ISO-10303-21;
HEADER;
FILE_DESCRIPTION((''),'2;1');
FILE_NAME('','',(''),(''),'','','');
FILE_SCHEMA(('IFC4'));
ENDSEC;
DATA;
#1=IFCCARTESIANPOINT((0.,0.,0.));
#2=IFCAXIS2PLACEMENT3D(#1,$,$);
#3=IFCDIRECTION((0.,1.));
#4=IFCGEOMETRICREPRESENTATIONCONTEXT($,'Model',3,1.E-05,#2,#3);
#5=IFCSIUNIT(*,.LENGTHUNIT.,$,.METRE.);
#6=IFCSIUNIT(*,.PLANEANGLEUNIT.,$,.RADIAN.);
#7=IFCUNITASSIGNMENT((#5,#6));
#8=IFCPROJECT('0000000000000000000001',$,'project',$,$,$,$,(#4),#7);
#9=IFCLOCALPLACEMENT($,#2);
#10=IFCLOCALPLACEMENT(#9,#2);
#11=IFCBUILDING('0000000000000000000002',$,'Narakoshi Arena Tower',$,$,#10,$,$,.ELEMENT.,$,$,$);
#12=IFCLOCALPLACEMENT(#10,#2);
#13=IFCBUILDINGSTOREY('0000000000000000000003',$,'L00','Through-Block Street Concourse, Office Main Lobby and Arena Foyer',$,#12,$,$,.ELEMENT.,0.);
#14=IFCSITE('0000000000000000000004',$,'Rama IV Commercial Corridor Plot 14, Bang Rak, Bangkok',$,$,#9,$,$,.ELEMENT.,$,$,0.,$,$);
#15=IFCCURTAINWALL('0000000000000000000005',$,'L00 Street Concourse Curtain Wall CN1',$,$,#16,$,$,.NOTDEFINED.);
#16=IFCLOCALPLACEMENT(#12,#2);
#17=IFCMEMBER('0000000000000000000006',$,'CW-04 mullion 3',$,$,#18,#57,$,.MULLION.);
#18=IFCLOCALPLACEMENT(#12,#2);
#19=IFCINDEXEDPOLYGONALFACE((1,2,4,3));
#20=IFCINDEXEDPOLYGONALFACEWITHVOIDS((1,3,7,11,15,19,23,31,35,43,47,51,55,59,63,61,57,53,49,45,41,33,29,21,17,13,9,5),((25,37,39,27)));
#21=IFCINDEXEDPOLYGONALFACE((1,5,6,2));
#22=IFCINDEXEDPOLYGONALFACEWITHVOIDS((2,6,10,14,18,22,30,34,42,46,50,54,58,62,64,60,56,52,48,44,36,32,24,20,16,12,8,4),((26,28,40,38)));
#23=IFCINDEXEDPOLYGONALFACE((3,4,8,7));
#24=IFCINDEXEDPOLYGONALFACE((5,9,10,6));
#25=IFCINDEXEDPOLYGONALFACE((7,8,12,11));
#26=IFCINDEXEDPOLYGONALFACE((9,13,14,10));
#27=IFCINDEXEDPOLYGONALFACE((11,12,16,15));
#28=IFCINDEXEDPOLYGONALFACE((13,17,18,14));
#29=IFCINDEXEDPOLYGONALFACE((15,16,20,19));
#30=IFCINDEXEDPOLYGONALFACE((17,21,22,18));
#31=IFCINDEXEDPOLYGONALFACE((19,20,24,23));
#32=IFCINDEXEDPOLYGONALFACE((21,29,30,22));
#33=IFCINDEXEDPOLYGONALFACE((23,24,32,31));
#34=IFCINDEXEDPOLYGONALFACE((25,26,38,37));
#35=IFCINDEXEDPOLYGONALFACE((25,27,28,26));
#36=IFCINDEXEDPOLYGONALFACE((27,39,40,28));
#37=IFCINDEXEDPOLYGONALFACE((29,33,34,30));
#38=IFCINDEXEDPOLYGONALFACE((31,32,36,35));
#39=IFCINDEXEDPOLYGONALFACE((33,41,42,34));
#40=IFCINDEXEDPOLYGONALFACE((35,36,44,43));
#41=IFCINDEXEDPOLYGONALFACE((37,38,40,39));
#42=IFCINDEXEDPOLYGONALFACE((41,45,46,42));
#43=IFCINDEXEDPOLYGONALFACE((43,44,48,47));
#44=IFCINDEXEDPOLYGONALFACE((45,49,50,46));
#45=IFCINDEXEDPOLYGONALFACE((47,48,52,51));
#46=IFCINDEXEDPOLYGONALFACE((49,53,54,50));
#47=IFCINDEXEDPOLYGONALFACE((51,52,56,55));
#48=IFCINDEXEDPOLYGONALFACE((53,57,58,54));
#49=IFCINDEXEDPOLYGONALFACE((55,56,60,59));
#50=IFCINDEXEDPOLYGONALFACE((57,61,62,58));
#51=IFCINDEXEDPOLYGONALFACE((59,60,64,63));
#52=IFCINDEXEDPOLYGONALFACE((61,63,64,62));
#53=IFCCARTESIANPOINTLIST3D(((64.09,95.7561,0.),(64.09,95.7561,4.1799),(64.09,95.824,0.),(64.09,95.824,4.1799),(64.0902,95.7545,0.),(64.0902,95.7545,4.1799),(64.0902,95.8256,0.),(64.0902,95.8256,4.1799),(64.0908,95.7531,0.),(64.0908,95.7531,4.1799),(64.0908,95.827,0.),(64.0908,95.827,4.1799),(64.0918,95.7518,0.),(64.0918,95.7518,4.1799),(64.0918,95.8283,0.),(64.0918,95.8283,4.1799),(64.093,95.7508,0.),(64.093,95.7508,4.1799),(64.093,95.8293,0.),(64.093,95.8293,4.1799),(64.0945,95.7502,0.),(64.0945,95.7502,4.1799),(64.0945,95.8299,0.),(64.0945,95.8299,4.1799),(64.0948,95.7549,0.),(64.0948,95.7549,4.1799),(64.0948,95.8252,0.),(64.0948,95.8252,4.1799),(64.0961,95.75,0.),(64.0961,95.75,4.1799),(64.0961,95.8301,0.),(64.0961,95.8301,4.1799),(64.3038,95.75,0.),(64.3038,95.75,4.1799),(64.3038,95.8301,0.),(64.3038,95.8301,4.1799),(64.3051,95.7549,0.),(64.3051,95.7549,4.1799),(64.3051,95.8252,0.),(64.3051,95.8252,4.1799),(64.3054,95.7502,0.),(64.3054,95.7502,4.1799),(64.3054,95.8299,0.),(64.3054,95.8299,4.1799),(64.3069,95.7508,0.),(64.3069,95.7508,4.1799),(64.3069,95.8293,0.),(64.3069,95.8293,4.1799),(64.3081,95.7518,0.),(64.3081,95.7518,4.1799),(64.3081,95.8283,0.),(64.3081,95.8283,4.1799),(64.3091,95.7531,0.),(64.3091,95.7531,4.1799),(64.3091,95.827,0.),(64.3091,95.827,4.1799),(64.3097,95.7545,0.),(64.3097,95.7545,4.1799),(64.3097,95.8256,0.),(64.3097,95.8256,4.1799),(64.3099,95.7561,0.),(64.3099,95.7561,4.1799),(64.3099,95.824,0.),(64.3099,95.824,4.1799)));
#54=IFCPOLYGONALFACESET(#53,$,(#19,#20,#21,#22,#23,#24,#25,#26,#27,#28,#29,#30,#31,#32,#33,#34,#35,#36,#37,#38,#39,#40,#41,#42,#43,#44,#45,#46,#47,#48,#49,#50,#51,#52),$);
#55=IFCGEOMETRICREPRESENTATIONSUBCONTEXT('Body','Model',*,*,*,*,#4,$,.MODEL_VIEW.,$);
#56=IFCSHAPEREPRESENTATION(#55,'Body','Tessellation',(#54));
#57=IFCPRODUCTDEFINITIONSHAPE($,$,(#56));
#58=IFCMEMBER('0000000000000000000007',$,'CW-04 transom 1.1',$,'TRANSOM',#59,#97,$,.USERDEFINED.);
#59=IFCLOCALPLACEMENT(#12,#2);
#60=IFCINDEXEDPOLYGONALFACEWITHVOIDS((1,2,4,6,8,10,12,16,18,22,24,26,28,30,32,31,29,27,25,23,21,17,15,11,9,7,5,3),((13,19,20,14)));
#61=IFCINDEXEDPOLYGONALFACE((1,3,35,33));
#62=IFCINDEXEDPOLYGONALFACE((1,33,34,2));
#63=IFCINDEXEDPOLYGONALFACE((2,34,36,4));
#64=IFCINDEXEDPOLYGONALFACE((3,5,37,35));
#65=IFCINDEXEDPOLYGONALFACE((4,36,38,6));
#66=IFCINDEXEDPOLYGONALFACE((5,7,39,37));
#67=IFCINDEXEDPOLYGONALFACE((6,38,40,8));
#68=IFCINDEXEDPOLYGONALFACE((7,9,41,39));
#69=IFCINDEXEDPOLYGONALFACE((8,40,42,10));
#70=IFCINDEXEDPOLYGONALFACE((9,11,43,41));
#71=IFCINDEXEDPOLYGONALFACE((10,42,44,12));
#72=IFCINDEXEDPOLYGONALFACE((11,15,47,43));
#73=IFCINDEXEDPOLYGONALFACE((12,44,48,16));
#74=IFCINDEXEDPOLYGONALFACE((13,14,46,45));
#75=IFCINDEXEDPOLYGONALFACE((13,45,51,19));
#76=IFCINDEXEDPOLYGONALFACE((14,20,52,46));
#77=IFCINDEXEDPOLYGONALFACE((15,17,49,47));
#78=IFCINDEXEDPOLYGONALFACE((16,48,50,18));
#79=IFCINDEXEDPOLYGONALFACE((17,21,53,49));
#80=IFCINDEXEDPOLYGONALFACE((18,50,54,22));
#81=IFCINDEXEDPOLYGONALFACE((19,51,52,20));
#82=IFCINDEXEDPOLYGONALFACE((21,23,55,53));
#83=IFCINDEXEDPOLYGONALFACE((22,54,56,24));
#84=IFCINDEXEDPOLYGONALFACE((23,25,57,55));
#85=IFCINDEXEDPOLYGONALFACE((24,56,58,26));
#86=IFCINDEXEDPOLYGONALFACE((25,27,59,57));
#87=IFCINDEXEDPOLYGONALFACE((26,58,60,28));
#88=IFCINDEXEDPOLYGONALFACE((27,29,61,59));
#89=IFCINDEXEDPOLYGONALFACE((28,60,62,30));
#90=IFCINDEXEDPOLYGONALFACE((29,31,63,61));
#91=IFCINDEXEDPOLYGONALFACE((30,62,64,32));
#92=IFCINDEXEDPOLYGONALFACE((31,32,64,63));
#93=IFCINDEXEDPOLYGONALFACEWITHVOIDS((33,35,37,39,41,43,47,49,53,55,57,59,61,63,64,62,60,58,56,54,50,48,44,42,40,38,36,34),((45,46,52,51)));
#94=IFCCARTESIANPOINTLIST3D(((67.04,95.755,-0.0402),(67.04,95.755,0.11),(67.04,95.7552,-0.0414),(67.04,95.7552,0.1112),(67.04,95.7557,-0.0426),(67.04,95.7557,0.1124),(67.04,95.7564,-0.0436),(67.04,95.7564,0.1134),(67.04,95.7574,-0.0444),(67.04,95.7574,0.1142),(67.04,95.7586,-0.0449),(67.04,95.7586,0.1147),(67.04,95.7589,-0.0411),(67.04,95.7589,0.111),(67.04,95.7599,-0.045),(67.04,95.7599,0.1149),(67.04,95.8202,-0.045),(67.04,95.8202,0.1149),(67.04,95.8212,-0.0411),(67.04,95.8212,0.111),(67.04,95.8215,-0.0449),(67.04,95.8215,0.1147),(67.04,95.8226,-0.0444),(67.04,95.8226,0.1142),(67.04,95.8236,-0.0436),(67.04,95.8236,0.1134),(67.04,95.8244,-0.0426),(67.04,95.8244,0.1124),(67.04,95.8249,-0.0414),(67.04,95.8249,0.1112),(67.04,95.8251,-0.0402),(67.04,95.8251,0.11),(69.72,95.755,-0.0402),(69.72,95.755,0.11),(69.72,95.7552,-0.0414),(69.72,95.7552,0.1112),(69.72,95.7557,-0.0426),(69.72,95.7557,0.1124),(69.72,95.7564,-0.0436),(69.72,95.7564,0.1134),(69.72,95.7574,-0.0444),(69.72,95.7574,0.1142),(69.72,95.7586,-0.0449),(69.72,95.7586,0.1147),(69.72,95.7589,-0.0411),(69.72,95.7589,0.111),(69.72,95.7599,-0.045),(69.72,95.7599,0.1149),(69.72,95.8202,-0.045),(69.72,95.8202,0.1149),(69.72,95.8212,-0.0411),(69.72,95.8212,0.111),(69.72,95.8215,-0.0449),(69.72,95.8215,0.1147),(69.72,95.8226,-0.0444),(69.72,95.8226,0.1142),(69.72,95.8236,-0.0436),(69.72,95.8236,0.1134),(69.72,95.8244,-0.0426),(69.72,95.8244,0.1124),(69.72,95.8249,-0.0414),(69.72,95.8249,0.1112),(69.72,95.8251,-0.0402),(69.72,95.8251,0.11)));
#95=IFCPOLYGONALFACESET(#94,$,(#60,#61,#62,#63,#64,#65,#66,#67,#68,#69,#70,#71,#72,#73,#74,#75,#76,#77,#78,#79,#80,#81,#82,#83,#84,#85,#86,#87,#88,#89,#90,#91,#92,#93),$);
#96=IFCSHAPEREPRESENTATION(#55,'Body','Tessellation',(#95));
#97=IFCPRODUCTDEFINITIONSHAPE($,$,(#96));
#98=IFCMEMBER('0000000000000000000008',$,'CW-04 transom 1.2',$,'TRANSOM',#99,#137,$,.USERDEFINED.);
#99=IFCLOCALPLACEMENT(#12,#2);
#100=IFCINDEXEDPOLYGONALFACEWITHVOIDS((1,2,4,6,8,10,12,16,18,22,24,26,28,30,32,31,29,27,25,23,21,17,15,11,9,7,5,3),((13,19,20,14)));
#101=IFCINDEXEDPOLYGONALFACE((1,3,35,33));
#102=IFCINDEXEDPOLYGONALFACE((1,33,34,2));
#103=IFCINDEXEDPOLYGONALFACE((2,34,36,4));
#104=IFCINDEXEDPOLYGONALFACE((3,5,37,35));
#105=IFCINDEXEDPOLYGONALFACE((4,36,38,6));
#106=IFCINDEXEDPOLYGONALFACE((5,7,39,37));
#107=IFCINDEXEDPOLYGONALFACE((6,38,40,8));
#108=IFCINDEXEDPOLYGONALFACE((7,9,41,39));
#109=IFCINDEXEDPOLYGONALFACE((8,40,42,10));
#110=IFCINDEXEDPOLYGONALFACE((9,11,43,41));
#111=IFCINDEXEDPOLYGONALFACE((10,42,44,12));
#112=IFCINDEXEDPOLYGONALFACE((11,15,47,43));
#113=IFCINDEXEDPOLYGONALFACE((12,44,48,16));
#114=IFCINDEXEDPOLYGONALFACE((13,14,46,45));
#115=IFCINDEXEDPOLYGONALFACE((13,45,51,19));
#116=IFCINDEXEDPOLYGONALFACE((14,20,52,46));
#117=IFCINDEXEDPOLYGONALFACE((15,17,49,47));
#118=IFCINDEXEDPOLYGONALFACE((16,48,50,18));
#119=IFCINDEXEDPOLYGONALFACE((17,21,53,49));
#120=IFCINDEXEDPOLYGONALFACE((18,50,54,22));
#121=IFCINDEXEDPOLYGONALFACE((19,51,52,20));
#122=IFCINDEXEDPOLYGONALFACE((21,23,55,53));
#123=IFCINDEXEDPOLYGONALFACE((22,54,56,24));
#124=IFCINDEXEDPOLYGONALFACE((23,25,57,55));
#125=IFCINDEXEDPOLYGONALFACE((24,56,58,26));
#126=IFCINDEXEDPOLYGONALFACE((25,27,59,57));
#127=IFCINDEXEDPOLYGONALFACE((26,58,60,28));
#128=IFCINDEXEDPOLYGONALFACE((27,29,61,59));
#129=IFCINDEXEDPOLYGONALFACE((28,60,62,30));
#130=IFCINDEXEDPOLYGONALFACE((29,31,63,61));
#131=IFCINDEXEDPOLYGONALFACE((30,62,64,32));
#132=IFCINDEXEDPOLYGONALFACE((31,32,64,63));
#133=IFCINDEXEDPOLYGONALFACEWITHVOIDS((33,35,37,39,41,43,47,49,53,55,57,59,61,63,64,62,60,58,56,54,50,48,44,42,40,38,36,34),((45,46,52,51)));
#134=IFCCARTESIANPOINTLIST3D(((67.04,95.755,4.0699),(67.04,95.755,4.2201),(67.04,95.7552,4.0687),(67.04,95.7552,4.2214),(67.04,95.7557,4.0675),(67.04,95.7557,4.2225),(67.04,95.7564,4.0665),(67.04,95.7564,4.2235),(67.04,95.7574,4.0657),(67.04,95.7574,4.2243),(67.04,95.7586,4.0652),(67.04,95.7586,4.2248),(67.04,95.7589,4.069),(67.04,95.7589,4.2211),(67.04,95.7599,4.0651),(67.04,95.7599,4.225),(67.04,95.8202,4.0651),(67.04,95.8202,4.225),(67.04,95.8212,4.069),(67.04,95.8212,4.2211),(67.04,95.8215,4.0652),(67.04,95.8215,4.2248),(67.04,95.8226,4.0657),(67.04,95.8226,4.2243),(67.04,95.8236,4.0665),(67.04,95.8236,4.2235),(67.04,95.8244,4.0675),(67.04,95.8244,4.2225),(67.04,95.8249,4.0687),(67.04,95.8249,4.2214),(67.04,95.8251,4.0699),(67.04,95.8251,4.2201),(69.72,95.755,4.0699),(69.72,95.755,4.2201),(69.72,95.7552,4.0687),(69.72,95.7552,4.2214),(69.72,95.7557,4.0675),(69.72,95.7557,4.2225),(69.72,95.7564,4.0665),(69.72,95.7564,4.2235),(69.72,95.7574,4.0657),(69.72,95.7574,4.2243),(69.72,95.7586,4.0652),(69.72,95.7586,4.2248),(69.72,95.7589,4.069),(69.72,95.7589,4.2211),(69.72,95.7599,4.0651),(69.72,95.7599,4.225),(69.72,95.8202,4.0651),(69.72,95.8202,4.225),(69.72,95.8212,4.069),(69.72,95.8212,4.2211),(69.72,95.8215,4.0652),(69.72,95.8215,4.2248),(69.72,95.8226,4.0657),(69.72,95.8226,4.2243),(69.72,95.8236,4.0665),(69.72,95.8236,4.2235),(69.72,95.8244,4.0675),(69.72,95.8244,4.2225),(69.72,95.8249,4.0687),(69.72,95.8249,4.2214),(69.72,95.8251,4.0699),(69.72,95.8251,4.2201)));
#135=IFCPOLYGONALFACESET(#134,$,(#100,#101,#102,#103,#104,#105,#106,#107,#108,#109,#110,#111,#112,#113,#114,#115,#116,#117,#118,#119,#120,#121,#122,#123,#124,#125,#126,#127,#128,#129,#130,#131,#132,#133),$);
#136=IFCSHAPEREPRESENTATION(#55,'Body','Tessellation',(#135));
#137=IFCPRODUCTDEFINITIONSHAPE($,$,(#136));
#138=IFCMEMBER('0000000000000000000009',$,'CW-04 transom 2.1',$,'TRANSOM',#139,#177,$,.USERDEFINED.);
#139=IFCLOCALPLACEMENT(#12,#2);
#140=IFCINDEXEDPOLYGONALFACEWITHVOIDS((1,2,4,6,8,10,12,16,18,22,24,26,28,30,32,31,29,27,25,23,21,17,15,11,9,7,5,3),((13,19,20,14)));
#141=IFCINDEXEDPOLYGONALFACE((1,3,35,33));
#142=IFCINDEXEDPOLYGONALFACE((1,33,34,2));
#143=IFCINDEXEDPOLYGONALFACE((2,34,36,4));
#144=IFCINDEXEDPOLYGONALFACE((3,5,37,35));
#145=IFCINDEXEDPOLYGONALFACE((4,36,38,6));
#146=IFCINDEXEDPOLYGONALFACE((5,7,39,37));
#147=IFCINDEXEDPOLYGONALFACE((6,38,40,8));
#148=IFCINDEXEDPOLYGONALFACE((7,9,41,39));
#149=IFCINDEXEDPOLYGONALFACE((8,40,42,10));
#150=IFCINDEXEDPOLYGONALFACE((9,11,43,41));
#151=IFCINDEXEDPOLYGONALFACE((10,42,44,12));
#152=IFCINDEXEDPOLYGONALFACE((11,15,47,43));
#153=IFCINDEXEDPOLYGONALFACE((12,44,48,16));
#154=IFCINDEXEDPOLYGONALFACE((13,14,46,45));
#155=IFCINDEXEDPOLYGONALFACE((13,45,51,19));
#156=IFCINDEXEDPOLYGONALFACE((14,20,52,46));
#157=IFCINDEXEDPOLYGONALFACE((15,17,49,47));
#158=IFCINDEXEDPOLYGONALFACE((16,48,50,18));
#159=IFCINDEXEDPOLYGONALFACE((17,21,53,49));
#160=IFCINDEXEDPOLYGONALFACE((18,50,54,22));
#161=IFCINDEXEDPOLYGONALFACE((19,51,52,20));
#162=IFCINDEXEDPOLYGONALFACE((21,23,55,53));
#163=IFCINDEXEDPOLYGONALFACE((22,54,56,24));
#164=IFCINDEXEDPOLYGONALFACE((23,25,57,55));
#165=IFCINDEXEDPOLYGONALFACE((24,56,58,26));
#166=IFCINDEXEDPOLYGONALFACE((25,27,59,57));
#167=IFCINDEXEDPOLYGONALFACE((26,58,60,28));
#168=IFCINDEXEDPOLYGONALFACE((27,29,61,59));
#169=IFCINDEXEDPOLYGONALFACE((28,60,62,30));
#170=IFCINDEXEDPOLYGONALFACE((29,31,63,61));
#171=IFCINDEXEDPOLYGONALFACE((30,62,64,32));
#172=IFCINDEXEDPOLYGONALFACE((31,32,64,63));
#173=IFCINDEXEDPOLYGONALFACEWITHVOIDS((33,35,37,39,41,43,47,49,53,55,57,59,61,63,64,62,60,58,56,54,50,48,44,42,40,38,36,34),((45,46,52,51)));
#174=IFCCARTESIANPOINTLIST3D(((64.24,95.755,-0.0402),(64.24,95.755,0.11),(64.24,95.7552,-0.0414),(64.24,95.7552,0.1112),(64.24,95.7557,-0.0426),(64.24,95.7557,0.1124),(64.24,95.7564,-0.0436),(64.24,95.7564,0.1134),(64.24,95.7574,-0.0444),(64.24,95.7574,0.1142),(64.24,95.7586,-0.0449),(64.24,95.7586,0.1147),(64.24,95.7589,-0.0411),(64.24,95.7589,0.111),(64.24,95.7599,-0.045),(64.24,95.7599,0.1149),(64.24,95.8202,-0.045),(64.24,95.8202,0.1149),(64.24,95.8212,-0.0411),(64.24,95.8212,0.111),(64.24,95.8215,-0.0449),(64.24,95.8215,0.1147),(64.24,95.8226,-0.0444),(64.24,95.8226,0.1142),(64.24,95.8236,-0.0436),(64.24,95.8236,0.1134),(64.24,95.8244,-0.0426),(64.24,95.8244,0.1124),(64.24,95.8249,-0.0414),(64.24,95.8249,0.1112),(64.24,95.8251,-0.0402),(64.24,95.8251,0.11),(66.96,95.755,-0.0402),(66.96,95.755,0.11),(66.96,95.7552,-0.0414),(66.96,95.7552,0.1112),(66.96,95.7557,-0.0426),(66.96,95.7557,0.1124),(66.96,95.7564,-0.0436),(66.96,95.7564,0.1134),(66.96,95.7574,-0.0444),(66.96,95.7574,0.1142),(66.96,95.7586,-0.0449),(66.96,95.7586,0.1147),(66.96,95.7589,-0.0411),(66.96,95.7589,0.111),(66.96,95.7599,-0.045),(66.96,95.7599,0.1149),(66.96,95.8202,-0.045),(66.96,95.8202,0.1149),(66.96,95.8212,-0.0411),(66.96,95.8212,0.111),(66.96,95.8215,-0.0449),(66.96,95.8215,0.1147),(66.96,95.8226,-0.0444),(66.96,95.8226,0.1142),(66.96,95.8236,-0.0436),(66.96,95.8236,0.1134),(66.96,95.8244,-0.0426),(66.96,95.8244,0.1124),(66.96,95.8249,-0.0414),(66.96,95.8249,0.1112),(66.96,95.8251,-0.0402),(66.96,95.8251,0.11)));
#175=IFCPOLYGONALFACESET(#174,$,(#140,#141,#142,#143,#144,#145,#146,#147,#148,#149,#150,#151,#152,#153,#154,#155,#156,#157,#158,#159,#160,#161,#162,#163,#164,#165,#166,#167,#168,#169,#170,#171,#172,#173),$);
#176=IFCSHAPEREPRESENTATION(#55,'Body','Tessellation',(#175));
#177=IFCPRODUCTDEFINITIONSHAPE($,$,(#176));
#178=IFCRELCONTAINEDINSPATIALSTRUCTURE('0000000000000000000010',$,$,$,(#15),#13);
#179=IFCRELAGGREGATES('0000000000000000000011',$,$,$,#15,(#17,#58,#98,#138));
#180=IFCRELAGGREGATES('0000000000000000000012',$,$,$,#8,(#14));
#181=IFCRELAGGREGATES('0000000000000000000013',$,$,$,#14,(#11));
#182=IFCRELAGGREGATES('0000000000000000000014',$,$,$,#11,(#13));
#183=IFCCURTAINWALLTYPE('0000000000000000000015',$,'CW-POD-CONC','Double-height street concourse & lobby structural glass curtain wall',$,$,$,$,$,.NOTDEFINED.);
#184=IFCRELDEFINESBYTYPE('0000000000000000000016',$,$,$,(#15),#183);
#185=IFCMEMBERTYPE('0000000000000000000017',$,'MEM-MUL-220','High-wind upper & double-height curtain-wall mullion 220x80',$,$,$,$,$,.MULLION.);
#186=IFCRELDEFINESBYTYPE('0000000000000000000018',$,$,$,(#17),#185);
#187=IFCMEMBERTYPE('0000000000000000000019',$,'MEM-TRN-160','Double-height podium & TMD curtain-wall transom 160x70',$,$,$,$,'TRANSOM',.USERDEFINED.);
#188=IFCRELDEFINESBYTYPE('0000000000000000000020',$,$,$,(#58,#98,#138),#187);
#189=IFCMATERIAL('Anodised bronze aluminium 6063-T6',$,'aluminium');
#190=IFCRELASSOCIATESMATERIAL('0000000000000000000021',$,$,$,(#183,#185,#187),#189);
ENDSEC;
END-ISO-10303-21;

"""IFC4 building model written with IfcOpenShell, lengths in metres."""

from ifc_helpers import new_model, si_unit, direction, frame, origin, origin_2d, place, context, subcontext, project, spatial, hollow_rectangle, extrude, material, material_profile, profile_set, type_object, element, aggregate, save


model = new_model("IFC4")

# Units and contexts
model_context = context("Model", 3, precision=1e-05, world=origin(), true_north=direction((0.0, 1.0)))
body_context = subcontext(model_context, "Body", "Model", "MODEL_VIEW")
ifc_project = project(units=[si_unit("LENGTHUNIT", "METRE"), si_unit("PLANEANGLEUNIT", "RADIAN")], contexts=[model_context])

# Site, building, storey
site_placement = place(None, origin())
site = spatial("IfcSite", under=ifc_project, at=site_placement, Name="Rama IV Commercial Corridor Plot 14, Bang Rak, Bangkok", CompositionType="ELEMENT", RefElevation=0.0)
building_placement = place(site_placement, origin())
building = spatial("IfcBuilding", under=site, at=building_placement, Name="Narakoshi Arena Tower", CompositionType="ELEMENT")
storey_placement = place(building_placement, origin())
storey = spatial("IfcBuildingStorey", under=building, at=storey_placement, Name="L00", Description="Through-Block Street Concourse, Office Main Lobby and Arena Foyer", CompositionType="ELEMENT", Elevation=0.0)

# Curtain wall, members
ifc_material_1 = material(Name="Anodised bronze aluminium 6063-T6", Category="aluminium")
curtain_wall_type = type_object("IfcCurtainWallType", Name="CW-POD-CONC", Description="Double-height street concourse & lobby structural glass curtain wall", PredefinedType="NOTDEFINED", material=ifc_material_1)
curtain_wall_placement = place(storey_placement, origin())
curtain_wall = element("IfcCurtainWall", 1, at=curtain_wall_placement, inside=storey, type_object=curtain_wall_type, Name="L00 Street Concourse Curtain Wall CN1", PredefinedType="NOTDEFINED")
ifc_material_profile_1 = material_profile(ifc_material_1, hollow_rectangle(XDim=0.0801, YDim=0.22, WallThickness=0.0049, OuterFilletRadius=0.0061, at=origin_2d()), Name="MUL220x80x5")
ifc_profile_set_1 = profile_set([ifc_material_profile_1], Name="Anodised bronze aluminium 6063-T6")
member_type_1 = type_object("IfcMemberType", Name="MEM-MUL-220", Description="High-wind upper & double-height curtain-wall mullion 220x80", PredefinedType="MULLION", material=ifc_profile_set_1)
member_1_placement = place(storey_placement, frame((64.2, 95.79, 0.0), z_axis=(0.0, 0.0, 1.0), x_axis=(0.0, -1.0, 0.0)))
member_1 = element("IfcMember", 2, at=member_1_placement, type_object=member_type_1, Name="CW-04 mullion 3", PredefinedType="MULLION", context=body_context, shape_type="SweptSolid", body=[
    extrude(hollow_rectangle(XDim=0.0801, YDim=0.22, WallThickness=0.0049, OuterFilletRadius=0.0061, at=origin_2d()), origin(), (0.0, 0.0, 1.0), 4.1799),
])
ifc_material_profile_2 = material_profile(ifc_material_1, hollow_rectangle(XDim=0.0701, YDim=0.1599, WallThickness=0.0039, OuterFilletRadius=0.0049, at=origin_2d()), Name="TRN160x70x4")
ifc_profile_set_2 = profile_set([ifc_material_profile_2], Name="Anodised bronze aluminium 6063-T6")
member_type_2 = type_object("IfcMemberType", Name="MEM-TRN-160", Description="Double-height podium & TMD curtain-wall transom 160x70", ElementType="TRANSOM", PredefinedType="USERDEFINED", material=ifc_profile_set_2)
member_2_placement = place(storey_placement, frame((69.72, 95.79, 0.0349), z_axis=(-1.0, 0.0, 0.0), x_axis=(0.0, -1.0, 0.0)))
member_2 = element("IfcMember", 3, at=member_2_placement, type_object=member_type_2, Name="CW-04 transom 1.1", ObjectType="TRANSOM", PredefinedType="USERDEFINED", context=body_context, shape_type="SweptSolid", body=[
    extrude(hollow_rectangle(XDim=0.0701, YDim=0.1599, WallThickness=0.0039, OuterFilletRadius=0.0049, at=origin_2d()), origin(), (0.0, 0.0, 1.0), 2.6799),
])
member_3_placement = place(storey_placement, frame((69.72, 95.79, 4.145), z_axis=(-1.0, 0.0, 0.0), x_axis=(0.0, -1.0, 0.0)))
member_3 = element("IfcMember", 4, at=member_3_placement, type_object=member_type_2, Name="CW-04 transom 1.2", ObjectType="TRANSOM", PredefinedType="USERDEFINED", context=body_context, shape_type="SweptSolid", body=[
    extrude(hollow_rectangle(XDim=0.0701, YDim=0.1599, WallThickness=0.0039, OuterFilletRadius=0.0049, at=origin_2d()), origin(), (0.0, 0.0, 1.0), 2.6799),
])
member_4_placement = place(storey_placement, frame((66.96, 95.79, 0.0349), z_axis=(-1.0, 0.0, 0.0), x_axis=(0.0, -1.0, 0.0)))
member_4 = element("IfcMember", 5, at=member_4_placement, type_object=member_type_2, Name="CW-04 transom 2.1", ObjectType="TRANSOM", PredefinedType="USERDEFINED", context=body_context, shape_type="SweptSolid", body=[
    extrude(hollow_rectangle(XDim=0.0701, YDim=0.1599, WallThickness=0.0039, OuterFilletRadius=0.0049, at=origin_2d()), origin(), (0.0, 0.0, 1.0), 2.72),
])
aggregate(curtain_wall, [member_1, member_2, member_3, member_4])

save(model, "model.ifc")
